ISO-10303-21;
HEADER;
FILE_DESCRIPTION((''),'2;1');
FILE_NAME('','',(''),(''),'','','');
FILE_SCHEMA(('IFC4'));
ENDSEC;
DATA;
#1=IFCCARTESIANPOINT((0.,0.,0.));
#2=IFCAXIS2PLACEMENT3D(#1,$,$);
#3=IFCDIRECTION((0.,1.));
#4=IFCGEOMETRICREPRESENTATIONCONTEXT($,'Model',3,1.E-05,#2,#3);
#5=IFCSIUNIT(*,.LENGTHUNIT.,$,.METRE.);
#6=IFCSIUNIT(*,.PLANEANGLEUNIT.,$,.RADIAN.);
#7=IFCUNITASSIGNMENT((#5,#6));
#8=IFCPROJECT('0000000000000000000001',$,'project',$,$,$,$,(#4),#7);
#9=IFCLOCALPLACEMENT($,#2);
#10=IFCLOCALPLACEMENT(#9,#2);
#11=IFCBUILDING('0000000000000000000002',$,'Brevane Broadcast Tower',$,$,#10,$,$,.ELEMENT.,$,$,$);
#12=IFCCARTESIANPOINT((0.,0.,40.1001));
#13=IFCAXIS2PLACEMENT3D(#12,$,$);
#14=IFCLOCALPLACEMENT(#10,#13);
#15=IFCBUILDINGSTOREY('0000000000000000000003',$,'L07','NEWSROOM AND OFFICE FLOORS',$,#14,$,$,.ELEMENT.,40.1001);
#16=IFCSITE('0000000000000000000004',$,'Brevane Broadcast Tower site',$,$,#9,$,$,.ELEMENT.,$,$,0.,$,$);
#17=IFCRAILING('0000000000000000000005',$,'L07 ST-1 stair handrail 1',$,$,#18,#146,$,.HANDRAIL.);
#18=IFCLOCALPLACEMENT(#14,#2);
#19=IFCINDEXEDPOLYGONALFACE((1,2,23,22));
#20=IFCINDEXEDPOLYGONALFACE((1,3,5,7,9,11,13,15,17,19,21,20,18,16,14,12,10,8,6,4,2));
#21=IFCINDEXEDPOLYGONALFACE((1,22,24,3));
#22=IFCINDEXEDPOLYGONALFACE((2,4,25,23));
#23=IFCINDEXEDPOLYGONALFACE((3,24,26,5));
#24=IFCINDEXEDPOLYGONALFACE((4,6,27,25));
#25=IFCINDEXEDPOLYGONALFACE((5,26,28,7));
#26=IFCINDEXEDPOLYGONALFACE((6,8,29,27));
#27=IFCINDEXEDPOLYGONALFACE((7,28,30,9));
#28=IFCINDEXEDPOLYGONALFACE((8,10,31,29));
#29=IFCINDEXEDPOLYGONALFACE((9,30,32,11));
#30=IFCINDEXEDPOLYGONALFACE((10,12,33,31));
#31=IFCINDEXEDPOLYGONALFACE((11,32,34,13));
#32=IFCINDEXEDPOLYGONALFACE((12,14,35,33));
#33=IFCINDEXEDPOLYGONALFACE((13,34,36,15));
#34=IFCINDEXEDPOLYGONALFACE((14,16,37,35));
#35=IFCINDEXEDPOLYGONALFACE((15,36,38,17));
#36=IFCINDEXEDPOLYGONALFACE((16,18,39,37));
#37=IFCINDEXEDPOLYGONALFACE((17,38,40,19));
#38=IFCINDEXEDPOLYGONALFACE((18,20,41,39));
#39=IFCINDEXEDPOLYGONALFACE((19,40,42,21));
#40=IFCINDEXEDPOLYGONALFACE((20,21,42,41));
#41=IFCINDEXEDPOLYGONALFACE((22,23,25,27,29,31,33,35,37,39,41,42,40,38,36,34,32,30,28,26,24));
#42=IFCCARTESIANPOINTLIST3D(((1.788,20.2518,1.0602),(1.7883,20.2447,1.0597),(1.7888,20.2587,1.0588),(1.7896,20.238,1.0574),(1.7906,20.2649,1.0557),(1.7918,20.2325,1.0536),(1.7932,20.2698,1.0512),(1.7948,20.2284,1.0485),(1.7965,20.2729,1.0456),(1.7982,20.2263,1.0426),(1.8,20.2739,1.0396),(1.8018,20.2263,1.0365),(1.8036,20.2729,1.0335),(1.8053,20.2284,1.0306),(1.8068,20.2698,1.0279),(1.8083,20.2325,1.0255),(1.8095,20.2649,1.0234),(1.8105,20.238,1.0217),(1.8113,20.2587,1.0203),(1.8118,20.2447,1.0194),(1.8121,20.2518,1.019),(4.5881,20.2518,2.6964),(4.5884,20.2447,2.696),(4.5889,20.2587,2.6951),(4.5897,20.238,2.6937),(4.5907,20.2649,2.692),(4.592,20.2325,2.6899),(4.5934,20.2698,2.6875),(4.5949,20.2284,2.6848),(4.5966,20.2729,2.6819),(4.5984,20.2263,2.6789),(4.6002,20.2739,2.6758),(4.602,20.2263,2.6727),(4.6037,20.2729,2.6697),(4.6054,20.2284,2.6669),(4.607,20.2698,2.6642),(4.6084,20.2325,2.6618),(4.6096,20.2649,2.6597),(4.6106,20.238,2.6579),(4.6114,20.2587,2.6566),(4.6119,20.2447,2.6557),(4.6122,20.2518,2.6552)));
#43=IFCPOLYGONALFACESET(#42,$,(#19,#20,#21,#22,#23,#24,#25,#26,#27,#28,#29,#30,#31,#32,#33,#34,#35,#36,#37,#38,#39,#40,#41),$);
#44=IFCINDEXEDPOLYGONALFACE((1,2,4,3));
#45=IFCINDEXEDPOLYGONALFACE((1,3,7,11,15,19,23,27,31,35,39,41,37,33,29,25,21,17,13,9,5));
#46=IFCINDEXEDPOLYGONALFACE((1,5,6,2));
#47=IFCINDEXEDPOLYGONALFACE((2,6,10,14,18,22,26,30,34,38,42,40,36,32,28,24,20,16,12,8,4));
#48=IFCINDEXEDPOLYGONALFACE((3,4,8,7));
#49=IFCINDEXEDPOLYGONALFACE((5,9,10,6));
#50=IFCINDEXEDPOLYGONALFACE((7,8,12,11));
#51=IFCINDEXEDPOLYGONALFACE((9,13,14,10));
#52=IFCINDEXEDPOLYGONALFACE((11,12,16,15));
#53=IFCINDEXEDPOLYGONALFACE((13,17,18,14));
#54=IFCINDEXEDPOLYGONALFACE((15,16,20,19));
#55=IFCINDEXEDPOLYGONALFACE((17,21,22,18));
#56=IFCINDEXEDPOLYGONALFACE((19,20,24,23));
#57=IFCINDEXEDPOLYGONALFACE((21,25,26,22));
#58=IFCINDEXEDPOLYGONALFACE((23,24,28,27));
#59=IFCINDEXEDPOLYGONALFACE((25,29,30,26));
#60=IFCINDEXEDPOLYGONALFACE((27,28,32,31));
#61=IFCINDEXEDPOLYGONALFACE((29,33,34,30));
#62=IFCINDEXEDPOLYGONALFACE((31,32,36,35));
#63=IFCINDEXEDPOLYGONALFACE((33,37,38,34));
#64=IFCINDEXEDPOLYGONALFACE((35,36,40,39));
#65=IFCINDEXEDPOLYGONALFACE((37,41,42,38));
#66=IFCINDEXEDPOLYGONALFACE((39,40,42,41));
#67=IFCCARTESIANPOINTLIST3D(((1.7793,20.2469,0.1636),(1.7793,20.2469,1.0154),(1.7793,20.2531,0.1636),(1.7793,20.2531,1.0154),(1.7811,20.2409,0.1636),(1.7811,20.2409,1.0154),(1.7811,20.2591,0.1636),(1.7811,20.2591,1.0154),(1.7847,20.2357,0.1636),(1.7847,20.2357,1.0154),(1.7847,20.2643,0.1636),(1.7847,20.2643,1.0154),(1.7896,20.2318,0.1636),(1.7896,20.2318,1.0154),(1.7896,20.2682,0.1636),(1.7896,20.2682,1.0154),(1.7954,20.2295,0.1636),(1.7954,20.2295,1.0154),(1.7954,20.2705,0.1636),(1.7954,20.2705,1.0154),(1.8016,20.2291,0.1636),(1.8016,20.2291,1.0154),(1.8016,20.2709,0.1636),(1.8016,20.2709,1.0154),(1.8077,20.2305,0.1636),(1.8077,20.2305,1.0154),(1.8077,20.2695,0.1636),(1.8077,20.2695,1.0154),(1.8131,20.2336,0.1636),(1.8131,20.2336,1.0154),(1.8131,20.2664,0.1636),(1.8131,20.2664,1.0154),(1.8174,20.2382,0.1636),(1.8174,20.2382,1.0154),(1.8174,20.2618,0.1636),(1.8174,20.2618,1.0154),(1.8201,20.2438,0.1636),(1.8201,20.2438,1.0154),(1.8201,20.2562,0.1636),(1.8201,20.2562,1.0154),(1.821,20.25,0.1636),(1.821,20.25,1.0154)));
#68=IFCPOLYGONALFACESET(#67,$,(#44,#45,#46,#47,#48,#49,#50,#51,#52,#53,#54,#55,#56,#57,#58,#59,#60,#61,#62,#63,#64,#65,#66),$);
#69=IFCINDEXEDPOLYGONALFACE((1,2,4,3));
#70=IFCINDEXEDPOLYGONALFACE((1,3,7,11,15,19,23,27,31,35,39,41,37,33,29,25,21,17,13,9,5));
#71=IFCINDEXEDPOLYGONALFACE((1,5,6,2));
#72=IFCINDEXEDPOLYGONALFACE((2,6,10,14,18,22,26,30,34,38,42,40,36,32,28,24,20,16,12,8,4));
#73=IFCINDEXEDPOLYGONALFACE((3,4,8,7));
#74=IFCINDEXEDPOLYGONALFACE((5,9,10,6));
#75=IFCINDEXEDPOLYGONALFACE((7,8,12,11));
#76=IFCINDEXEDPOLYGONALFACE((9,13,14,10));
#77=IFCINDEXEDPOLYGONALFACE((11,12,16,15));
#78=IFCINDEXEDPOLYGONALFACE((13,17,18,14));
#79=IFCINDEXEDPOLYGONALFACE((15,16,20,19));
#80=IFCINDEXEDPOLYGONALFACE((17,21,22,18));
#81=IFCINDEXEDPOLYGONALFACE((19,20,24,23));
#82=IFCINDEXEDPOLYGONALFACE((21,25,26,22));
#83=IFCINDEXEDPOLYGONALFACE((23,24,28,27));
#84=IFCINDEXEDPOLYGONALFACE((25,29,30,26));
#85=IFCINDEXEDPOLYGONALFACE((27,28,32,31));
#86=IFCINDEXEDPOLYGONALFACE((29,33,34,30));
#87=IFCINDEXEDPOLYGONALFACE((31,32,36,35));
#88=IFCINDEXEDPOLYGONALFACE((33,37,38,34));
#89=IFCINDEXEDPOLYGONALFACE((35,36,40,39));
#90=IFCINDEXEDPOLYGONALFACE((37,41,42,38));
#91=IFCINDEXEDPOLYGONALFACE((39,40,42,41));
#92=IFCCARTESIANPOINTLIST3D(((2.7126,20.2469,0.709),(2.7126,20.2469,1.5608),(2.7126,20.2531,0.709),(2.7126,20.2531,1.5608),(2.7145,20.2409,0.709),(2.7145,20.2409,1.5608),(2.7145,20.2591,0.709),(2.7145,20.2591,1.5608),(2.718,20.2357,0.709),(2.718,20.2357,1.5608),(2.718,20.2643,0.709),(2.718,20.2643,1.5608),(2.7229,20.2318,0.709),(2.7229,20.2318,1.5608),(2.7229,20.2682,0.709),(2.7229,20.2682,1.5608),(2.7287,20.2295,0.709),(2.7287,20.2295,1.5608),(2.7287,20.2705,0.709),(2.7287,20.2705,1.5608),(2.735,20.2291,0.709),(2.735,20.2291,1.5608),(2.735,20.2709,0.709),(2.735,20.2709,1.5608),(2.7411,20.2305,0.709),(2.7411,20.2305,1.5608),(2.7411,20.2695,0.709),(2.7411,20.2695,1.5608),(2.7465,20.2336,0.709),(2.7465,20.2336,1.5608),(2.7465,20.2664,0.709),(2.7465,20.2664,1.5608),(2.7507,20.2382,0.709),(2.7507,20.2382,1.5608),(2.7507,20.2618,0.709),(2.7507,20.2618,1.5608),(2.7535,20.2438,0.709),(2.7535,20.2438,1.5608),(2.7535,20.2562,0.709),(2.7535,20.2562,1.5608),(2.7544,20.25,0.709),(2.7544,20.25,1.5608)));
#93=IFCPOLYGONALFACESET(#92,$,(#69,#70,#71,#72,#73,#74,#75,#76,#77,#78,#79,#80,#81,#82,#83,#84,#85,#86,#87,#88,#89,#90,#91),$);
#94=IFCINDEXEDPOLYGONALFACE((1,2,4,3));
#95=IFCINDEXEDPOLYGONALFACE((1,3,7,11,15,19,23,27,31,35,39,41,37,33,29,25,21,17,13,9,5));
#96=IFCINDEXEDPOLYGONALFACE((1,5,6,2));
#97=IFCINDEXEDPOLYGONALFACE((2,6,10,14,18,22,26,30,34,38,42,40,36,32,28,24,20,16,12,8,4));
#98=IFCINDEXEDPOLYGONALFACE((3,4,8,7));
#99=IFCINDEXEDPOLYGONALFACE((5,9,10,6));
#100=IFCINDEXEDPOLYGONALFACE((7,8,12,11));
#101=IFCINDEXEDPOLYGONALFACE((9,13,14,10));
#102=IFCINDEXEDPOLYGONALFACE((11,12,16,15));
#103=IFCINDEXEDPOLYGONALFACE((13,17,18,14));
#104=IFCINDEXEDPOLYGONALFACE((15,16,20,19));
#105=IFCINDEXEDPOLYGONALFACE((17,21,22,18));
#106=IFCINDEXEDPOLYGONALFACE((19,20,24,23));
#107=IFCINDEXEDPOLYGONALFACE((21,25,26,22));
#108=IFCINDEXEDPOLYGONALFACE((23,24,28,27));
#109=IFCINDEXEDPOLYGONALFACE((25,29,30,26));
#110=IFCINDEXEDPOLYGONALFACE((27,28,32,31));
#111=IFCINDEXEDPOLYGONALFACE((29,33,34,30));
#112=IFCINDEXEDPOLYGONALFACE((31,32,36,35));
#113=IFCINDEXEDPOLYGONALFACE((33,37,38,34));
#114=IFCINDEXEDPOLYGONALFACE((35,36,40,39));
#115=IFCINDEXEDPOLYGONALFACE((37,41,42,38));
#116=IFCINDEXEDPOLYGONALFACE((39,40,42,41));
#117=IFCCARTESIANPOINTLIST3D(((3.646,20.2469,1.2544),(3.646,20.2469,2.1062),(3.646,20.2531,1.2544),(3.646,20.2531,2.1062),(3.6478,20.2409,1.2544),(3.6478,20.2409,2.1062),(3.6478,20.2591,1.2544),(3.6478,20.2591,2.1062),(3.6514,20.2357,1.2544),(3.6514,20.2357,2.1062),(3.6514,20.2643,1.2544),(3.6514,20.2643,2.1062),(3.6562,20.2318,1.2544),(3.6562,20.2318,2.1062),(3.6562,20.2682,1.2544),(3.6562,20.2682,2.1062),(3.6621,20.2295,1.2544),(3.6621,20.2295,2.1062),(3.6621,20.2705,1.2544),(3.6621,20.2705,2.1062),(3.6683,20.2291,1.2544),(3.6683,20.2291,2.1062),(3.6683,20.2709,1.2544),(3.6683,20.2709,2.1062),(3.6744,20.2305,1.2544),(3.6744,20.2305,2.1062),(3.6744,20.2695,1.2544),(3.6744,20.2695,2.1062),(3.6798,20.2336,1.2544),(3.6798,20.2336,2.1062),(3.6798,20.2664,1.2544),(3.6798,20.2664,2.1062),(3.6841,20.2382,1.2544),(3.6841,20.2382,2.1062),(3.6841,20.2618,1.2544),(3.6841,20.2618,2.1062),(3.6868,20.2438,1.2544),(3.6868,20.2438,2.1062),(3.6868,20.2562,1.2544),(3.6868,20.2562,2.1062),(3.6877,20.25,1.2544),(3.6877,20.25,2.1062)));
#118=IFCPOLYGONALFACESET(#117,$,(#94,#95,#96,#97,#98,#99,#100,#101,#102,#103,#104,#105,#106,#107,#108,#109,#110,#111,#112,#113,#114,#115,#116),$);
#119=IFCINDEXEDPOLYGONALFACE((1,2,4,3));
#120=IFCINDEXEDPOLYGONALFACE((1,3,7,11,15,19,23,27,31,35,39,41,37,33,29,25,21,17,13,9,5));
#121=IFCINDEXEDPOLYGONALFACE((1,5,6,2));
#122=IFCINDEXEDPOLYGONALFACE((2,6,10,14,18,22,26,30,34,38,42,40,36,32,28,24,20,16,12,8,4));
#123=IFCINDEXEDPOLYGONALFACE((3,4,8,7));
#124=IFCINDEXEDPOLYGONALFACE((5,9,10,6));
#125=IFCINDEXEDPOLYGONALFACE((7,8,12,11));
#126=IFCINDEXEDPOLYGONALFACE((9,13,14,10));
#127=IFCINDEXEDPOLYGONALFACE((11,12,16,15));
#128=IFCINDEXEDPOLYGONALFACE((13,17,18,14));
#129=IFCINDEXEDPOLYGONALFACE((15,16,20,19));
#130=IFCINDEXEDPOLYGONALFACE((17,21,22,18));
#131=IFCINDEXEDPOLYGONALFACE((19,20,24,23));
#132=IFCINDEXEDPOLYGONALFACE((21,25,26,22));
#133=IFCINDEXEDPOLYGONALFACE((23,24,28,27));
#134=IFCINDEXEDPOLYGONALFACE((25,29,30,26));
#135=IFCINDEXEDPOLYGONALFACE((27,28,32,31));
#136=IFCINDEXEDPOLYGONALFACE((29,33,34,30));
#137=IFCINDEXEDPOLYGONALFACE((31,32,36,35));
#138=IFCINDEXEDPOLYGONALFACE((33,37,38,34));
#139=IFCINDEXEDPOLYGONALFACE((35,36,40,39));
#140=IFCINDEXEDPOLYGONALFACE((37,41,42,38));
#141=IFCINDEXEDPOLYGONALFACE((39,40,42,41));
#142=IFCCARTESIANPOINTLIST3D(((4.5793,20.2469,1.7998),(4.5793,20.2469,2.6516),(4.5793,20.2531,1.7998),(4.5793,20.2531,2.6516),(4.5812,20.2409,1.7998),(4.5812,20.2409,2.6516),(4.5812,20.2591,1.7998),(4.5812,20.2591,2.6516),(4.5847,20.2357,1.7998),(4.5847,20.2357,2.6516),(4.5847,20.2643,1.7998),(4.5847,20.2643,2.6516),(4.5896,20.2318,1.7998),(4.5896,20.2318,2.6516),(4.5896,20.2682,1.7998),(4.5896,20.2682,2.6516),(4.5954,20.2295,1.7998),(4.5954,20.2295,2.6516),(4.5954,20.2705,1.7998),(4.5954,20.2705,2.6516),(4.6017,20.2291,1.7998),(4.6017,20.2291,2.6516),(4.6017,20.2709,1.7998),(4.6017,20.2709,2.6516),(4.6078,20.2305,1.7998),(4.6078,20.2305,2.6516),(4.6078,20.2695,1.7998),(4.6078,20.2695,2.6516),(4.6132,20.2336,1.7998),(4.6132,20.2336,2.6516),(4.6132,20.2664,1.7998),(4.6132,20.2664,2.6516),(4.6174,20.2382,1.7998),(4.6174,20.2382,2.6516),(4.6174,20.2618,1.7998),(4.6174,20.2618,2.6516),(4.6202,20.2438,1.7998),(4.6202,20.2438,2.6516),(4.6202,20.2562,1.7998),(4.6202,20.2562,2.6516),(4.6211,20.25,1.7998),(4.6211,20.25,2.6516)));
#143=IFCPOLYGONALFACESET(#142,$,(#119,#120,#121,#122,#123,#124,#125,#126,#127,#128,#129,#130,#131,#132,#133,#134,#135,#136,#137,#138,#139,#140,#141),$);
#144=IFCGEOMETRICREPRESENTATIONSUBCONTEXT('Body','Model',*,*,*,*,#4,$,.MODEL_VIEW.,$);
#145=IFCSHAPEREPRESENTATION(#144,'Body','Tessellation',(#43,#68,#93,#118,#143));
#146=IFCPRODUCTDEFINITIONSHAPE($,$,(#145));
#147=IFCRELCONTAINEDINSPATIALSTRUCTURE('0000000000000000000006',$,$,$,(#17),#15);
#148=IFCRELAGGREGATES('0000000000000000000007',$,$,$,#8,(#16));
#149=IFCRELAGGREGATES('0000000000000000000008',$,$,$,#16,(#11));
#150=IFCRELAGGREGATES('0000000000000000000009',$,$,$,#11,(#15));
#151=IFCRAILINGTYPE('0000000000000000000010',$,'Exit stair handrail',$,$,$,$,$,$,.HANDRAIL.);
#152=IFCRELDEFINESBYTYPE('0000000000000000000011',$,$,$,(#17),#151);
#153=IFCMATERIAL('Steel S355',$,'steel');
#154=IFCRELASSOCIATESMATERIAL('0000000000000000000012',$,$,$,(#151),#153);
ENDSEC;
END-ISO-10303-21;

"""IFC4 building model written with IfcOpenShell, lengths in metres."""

from ifc_helpers import new_model, si_unit, direction, frame, origin, origin_2d, place, context, subcontext, project, spatial, circle, extrude, material, type_object, element, save


model = new_model("IFC4")

# Units and contexts
model_context = context("Model", 3, precision=1e-05, world=origin(), true_north=direction((0.0, 1.0)))
body_context = subcontext(model_context, "Body", "Model", "MODEL_VIEW")
ifc_project = project(units=[si_unit("LENGTHUNIT", "METRE"), si_unit("PLANEANGLEUNIT", "RADIAN")], contexts=[model_context])

# Site, building, storey
site_placement = place(None, origin())
site = spatial("IfcSite", under=ifc_project, at=site_placement, Name="Brevane Broadcast Tower site", CompositionType="ELEMENT", RefElevation=0.0)
building_placement = place(site_placement, origin())
building = spatial("IfcBuilding", under=site, at=building_placement, Name="Brevane Broadcast Tower", CompositionType="ELEMENT")
storey_placement = place(building_placement, frame((0.0, 0.0, 40.1001)))
storey = spatial("IfcBuildingStorey", under=building, at=storey_placement, Name="L07", Description="NEWSROOM AND OFFICE FLOORS", CompositionType="ELEMENT", Elevation=40.1001)

# Railing
ifc_material_1 = material(Name="Steel S355", Category="steel")
railing_type_1 = type_object("IfcRailingType", Name="Exit stair handrail", PredefinedType="HANDRAIL", material=ifc_material_1)
railing_1_placement = place(storey_placement, frame((1.8, 20.25, 0.1636)))
element("IfcRailing", 1, at=railing_1_placement, inside=storey, type_object=railing_type_1, Name="L07 ST-1 stair handrail 1", PredefinedType="HANDRAIL", context=body_context, shape_type="SweptSolid", body=[
    extrude(circle(Radius=0.0239, at=origin_2d()), frame((0.0, 0.0, 0.876), z_axis=(0.863394, 0.0, 0.504531), x_axis=(0.0, 1.0, 0.0)), (0.0, 0.0, 1.0), 3.2432),
    extrude(circle(Radius=0.021, at=origin_2d()), origin(), (0.0, 0.0, 1.0), 0.8518),
    extrude(circle(Radius=0.021, at=origin_2d()), frame((0.9333, 0.0, 0.5454)), (0.0, 0.0, 1.0), 0.8518),
    extrude(circle(Radius=0.021, at=origin_2d()), frame((1.8667, 0.0, 1.0908)), (0.0, 0.0, 1.0), 0.8518),
    extrude(circle(Radius=0.021, at=origin_2d()), frame((2.8, 0.0, 1.6362)), (0.0, 0.0, 1.0), 0.8518),
])

save(model, "model.ifc")
